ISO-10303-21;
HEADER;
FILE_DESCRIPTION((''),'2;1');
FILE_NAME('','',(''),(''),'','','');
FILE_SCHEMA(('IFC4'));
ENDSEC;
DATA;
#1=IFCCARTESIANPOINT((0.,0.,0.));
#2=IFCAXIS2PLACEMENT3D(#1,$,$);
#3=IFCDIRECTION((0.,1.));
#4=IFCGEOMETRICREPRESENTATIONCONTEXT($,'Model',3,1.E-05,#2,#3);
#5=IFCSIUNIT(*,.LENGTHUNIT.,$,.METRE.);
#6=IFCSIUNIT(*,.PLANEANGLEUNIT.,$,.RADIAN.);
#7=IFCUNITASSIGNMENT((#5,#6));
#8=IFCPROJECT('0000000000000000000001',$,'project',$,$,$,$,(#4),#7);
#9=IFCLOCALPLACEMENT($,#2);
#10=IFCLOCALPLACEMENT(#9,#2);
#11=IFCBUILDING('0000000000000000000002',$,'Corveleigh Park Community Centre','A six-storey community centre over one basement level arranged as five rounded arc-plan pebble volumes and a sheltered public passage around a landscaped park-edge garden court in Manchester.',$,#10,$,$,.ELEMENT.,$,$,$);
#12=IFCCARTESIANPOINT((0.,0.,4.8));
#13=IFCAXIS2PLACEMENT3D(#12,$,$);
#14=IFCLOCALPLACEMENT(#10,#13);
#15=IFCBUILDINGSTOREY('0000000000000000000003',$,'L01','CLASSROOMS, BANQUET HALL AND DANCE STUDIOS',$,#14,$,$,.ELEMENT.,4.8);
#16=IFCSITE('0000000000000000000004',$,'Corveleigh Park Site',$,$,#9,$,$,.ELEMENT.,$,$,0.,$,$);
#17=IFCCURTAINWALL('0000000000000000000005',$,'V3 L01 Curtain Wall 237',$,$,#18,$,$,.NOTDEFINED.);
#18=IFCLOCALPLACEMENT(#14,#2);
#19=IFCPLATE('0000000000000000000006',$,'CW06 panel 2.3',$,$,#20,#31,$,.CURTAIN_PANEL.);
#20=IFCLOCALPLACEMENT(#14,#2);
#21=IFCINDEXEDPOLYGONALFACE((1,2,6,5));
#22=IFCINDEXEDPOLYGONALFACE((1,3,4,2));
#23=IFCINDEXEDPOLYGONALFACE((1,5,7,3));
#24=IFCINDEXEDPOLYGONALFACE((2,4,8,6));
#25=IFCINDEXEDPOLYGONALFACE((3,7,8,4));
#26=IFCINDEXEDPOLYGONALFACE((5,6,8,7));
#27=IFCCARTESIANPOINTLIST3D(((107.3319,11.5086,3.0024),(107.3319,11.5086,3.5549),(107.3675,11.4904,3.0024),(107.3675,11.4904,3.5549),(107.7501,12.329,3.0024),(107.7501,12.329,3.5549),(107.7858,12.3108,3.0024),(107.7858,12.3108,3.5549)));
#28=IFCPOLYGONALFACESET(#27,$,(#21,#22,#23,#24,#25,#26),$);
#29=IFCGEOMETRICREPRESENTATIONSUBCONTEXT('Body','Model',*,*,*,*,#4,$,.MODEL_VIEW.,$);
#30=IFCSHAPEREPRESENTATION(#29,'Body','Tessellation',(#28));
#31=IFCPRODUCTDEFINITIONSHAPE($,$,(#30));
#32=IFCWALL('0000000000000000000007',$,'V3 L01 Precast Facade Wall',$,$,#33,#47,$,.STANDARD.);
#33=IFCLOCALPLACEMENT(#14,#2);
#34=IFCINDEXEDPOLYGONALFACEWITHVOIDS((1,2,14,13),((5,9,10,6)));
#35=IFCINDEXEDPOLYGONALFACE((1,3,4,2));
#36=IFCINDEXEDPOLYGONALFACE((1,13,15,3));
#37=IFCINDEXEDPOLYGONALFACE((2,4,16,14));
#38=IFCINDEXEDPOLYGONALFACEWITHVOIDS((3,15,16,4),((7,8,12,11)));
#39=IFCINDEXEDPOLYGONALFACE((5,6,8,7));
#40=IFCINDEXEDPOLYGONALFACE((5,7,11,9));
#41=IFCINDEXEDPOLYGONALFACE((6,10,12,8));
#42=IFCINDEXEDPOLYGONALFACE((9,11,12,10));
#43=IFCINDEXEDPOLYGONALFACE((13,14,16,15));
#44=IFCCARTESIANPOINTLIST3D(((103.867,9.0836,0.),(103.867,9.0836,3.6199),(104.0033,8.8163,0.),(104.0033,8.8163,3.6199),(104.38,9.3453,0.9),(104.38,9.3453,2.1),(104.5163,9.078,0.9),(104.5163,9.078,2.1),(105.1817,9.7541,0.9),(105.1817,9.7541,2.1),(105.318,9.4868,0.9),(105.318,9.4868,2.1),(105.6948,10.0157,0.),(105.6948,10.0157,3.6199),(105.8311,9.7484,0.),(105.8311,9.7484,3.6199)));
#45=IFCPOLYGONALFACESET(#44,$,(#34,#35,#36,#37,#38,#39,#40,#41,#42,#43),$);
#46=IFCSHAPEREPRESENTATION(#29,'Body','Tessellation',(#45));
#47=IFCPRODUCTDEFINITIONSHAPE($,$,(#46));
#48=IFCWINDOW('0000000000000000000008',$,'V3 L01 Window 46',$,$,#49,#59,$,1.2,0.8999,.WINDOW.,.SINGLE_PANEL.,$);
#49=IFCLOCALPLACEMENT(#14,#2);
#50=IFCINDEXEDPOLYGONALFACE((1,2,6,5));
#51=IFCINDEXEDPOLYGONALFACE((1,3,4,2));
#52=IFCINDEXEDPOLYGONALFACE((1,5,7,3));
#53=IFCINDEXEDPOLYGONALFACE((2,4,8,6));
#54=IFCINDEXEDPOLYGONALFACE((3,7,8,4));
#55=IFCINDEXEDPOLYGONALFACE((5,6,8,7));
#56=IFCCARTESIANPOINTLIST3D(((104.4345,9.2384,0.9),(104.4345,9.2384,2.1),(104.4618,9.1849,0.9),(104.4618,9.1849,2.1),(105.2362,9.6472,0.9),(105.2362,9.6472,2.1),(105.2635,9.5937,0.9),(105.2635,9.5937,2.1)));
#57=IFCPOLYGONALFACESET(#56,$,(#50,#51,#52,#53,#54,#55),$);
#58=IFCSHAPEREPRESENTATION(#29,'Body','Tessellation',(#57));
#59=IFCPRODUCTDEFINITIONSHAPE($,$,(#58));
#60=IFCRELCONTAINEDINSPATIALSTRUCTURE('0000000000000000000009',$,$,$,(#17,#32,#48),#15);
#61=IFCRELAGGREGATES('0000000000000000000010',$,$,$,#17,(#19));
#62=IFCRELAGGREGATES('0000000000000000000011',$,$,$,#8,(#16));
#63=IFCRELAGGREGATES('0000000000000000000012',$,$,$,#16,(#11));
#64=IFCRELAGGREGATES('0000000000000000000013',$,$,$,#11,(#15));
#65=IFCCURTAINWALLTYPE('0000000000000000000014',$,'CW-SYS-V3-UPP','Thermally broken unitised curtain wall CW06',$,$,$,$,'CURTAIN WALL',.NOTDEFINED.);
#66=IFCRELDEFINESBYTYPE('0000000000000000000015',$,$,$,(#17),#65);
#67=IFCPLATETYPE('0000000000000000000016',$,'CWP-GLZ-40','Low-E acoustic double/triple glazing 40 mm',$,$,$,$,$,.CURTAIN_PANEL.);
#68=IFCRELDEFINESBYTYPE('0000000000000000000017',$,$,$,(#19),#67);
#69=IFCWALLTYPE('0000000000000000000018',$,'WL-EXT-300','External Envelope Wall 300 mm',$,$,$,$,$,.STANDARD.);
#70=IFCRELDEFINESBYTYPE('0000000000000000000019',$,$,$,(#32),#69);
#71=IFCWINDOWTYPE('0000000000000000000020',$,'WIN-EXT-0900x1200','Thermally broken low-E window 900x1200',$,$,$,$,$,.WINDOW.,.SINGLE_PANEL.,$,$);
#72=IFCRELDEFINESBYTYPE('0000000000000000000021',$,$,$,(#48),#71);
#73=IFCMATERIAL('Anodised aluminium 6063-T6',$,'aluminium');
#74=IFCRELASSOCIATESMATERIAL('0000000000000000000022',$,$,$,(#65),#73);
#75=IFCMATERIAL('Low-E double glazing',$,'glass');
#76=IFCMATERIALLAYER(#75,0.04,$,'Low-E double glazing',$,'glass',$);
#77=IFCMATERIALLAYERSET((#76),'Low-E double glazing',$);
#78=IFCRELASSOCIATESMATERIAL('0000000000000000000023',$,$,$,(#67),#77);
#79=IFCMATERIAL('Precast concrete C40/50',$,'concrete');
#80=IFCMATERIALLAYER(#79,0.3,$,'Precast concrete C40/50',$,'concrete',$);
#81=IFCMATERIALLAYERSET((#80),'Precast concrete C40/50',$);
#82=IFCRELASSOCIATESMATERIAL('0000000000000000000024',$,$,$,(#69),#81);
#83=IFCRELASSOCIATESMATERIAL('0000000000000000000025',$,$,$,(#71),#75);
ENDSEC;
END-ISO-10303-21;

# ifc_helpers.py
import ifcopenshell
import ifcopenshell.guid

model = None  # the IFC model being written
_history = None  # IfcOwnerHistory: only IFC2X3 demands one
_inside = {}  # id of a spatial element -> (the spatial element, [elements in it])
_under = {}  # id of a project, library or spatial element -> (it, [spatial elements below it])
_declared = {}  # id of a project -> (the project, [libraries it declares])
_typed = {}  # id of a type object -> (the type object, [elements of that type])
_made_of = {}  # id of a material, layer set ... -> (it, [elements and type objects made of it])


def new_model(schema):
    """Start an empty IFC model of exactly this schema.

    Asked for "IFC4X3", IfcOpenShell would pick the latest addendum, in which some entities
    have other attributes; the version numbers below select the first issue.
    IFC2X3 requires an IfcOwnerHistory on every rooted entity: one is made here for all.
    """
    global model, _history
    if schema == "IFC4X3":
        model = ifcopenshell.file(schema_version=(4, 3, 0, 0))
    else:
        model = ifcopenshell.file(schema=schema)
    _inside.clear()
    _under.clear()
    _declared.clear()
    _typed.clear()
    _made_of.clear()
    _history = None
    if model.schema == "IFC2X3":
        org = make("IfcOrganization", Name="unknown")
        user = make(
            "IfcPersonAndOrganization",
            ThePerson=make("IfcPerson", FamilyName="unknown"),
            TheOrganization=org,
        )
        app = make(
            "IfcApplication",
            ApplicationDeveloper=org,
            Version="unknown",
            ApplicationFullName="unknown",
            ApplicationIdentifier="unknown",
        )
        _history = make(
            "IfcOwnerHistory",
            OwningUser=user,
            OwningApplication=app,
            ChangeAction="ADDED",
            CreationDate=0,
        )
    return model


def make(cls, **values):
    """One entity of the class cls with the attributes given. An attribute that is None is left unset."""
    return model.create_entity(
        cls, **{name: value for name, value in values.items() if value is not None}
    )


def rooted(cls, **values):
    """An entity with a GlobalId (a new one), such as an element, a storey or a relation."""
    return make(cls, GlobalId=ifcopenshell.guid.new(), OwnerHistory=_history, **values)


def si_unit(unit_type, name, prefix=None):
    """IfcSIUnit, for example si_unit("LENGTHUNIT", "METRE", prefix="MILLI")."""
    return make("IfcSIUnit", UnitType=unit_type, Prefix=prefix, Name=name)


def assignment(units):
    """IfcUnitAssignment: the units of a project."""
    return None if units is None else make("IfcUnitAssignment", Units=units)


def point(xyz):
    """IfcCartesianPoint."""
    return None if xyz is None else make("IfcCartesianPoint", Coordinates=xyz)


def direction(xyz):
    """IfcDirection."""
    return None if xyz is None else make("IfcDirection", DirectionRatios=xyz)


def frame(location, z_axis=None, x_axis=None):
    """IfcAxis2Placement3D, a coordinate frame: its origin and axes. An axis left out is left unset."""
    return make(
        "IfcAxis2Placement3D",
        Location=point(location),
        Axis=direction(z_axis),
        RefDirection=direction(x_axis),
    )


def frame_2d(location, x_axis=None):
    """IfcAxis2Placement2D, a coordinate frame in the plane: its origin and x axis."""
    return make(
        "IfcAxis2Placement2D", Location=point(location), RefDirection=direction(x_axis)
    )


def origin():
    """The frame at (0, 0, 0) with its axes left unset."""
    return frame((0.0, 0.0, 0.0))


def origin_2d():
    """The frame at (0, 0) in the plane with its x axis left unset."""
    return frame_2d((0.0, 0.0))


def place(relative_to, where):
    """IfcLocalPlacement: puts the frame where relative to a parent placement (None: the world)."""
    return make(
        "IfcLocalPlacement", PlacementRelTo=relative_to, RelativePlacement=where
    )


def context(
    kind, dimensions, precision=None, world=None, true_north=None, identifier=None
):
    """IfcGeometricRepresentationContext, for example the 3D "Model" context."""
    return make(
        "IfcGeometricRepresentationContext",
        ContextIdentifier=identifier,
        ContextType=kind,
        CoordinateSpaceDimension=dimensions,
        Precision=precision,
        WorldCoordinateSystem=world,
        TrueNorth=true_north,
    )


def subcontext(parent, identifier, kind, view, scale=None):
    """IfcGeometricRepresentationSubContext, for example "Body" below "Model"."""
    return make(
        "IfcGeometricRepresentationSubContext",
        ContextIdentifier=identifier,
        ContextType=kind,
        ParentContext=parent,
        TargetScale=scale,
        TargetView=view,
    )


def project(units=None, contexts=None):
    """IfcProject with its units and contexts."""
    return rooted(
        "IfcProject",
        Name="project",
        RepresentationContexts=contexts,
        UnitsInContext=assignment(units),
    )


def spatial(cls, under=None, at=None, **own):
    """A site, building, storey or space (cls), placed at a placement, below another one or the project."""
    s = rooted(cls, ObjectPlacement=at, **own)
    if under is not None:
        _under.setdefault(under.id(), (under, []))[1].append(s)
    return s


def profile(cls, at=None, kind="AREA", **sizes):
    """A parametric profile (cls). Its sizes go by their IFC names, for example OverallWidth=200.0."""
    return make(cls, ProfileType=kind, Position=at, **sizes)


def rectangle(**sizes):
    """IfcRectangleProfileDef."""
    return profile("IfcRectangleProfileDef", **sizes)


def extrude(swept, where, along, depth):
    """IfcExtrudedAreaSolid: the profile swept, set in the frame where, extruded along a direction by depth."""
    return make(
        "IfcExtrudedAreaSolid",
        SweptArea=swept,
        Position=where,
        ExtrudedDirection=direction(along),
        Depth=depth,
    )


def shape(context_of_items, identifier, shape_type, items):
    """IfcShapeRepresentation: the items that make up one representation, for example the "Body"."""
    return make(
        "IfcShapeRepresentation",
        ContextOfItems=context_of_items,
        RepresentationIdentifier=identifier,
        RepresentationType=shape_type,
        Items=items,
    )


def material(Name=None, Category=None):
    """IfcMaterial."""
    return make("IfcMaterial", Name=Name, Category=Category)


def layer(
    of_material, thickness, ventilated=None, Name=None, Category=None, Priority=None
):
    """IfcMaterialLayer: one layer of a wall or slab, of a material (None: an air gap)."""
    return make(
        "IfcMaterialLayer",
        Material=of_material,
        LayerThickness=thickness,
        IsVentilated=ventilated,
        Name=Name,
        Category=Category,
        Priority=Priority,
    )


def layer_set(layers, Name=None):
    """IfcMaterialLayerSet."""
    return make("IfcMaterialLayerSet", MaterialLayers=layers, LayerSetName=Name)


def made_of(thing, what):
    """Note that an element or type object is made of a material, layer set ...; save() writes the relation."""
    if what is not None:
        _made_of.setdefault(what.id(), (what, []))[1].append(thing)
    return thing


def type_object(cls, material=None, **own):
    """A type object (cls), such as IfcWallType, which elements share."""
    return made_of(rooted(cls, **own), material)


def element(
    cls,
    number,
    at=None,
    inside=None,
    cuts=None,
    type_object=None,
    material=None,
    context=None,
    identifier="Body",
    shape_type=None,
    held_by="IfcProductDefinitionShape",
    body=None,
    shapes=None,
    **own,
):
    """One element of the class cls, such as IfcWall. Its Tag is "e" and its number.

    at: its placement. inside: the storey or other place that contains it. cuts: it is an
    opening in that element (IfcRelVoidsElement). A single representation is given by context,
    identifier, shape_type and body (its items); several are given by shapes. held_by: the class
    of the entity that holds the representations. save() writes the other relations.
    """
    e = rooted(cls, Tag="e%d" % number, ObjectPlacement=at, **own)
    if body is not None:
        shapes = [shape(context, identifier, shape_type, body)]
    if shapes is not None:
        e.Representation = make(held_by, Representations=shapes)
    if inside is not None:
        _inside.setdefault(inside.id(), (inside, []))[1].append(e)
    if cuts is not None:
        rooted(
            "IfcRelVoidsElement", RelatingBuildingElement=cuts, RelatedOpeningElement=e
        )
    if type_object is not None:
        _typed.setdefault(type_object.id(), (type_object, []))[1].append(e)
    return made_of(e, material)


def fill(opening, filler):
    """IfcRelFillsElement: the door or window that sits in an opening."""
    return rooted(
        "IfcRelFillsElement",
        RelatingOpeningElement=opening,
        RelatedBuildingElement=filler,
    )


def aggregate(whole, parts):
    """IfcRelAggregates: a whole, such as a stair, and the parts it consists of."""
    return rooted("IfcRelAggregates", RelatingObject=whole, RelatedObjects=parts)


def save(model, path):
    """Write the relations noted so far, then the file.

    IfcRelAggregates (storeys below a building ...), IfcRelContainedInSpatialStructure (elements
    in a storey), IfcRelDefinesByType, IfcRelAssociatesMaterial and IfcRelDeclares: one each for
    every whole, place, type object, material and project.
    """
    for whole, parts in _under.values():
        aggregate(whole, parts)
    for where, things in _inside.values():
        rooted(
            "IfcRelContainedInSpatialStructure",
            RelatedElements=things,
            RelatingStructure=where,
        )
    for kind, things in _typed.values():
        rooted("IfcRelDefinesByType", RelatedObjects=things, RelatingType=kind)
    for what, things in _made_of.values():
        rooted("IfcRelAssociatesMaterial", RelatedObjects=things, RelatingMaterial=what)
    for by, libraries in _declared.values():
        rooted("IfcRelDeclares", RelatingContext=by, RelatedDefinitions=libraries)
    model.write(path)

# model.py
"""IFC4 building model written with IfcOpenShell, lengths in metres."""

from ifc_helpers import new_model, si_unit, direction, frame, frame_2d, origin, origin_2d, place, context, subcontext, project, spatial, rectangle, extrude, material, layer, layer_set, type_object, element, fill, aggregate, save


model = new_model("IFC4")

# Units and contexts
model_context = context("Model", 3, precision=1e-05, world=origin(), true_north=direction((0.0, 1.0)))
body_context = subcontext(model_context, "Body", "Model", "MODEL_VIEW")
ifc_project = project(units=[si_unit("LENGTHUNIT", "METRE"), si_unit("PLANEANGLEUNIT", "RADIAN")], contexts=[model_context])

# Site, building, storey
site_placement = place(None, origin())
site = spatial("IfcSite", under=ifc_project, at=site_placement, Name="Corveleigh Park Site", CompositionType="ELEMENT", RefElevation=0.0)
building_placement = place(site_placement, origin())
building = spatial("IfcBuilding", under=site, at=building_placement, Name="Corveleigh Park Community Centre", Description="A six-storey community centre over one basement level arranged as five rounded arc-plan pebble volumes and a sheltered public passage around a landscaped park-edge garden court in Manchester.", CompositionType="ELEMENT")
storey_placement = place(building_placement, frame((0.0, 0.0, 4.8)))
storey = spatial("IfcBuildingStorey", under=building, at=storey_placement, Name="L01", Description="CLASSROOMS, BANQUET HALL AND DANCE STUDIOS", CompositionType="ELEMENT", Elevation=4.8)

# Shared definitions
ifc_material_1 = material(Name="Anodised aluminium 6063-T6", Category="aluminium")
curtain_wall_type = type_object("IfcCurtainWallType", Name="CW-SYS-V3-UPP", Description="Thermally broken unitised curtain wall CW06", ElementType="CURTAIN WALL", PredefinedType="NOTDEFINED", material=ifc_material_1)

# Curtain wall
curtain_wall_1_placement = place(storey_placement, origin())
curtain_wall_1 = element("IfcCurtainWall", 1, at=curtain_wall_1_placement, inside=storey, type_object=curtain_wall_type, Name="V3 L01 Curtain Wall 237", PredefinedType="NOTDEFINED")

# Plate
ifc_material_2 = material(Name="Low-E double glazing", Category="glass")
ifc_layer_1 = layer(ifc_material_2, 0.04, Name="Low-E double glazing", Category="glass")
ifc_layer_set_1 = layer_set([ifc_layer_1], Name="Low-E double glazing")
plate_type_1 = type_object("IfcPlateType", Name="CWP-GLZ-40", Description="Low-E acoustic double/triple glazing 40 mm", PredefinedType="CURTAIN_PANEL", material=ifc_layer_set_1)
plate_1_placement = place(storey_placement, frame((107.5588, 11.9097, 3.0024), z_axis=(0.0, 0.0, 1.0), x_axis=(-0.454218, -0.890891, 0.0)))
plate_1 = element("IfcPlate", 2, at=plate_1_placement, type_object=plate_type_1, Name="CW06 panel 2.3", PredefinedType="CURTAIN_PANEL", context=body_context, shape_type="SweptSolid", body=[
    extrude(rectangle(XDim=0.9209, YDim=0.04, at=origin_2d()), origin(), (0.0, 0.0, 1.0), 0.5525),
])
aggregate(curtain_wall_1, [plate_1])

# Wall, opening, window
ifc_material_3 = material(Name="Precast concrete C40/50", Category="concrete")
ifc_layer_2 = layer(ifc_material_3, 0.3, Name="Precast concrete C40/50", Category="concrete")
ifc_layer_set_2 = layer_set([ifc_layer_2], Name="Precast concrete C40/50")
wall_type = type_object("IfcWallType", Name="WL-EXT-300", Description="External Envelope Wall 300 mm", PredefinedType="STANDARD", material=ifc_layer_set_2)
wall_placement = place(storey_placement, frame((105.7629, 9.8821, 0.0), z_axis=(0.0, 0.0, 1.0), x_axis=(-0.890853, -0.454291, 0.0)))
wall = element("IfcWall", 3, at=wall_placement, inside=storey, type_object=wall_type, Name="V3 L01 Precast Facade Wall", PredefinedType="STANDARD", context=body_context, shape_type="SweptSolid", body=[
    extrude(rectangle(XDim=2.0518, YDim=0.3, at=frame_2d((1.0259, 0.0))), origin(), (0.0, 0.0, 1.0), 3.6199),
])
opening_placement = place(wall_placement, frame((0.5759, 0.0, 0.8999)))
opening = element("IfcOpeningElement", 4, at=opening_placement, cuts=wall, PredefinedType="OPENING", context=body_context, shape_type="SweptSolid", body=[
    extrude(rectangle(XDim=0.8999, YDim=1.2, at=frame_2d((0.45, 0.6001))), frame((0.0, 0.1599, 0.0), z_axis=(0.0, -1.0, 0.0), x_axis=(1.0, 0.0, 0.0)), (0.0, 0.0, 1.0), 0.3201),
])
window_type = type_object("IfcWindowType", Name="WIN-EXT-0900x1200", Description="Thermally broken low-E window 900x1200", PartitioningType="SINGLE_PANEL", PredefinedType="WINDOW", material=ifc_material_2)
window_placement = place(opening_placement, origin())
window = element("IfcWindow", 5, at=window_placement, inside=storey, type_object=window_type, Name="V3 L01 Window 46", OverallHeight=1.2, OverallWidth=0.8999, PartitioningType="SINGLE_PANEL", PredefinedType="WINDOW", context=body_context, shape_type="SweptSolid", body=[
    extrude(rectangle(XDim=0.8999, YDim=1.2, at=frame_2d((0.45, 0.6001))), frame((0.0, 0.03, 0.0), z_axis=(0.0, -1.0, 0.0), x_axis=(1.0, 0.0, 0.0)), (0.0, 0.0, 1.0), 0.0601),
])
fill(opening, window)

save(model, "model.ifc")
